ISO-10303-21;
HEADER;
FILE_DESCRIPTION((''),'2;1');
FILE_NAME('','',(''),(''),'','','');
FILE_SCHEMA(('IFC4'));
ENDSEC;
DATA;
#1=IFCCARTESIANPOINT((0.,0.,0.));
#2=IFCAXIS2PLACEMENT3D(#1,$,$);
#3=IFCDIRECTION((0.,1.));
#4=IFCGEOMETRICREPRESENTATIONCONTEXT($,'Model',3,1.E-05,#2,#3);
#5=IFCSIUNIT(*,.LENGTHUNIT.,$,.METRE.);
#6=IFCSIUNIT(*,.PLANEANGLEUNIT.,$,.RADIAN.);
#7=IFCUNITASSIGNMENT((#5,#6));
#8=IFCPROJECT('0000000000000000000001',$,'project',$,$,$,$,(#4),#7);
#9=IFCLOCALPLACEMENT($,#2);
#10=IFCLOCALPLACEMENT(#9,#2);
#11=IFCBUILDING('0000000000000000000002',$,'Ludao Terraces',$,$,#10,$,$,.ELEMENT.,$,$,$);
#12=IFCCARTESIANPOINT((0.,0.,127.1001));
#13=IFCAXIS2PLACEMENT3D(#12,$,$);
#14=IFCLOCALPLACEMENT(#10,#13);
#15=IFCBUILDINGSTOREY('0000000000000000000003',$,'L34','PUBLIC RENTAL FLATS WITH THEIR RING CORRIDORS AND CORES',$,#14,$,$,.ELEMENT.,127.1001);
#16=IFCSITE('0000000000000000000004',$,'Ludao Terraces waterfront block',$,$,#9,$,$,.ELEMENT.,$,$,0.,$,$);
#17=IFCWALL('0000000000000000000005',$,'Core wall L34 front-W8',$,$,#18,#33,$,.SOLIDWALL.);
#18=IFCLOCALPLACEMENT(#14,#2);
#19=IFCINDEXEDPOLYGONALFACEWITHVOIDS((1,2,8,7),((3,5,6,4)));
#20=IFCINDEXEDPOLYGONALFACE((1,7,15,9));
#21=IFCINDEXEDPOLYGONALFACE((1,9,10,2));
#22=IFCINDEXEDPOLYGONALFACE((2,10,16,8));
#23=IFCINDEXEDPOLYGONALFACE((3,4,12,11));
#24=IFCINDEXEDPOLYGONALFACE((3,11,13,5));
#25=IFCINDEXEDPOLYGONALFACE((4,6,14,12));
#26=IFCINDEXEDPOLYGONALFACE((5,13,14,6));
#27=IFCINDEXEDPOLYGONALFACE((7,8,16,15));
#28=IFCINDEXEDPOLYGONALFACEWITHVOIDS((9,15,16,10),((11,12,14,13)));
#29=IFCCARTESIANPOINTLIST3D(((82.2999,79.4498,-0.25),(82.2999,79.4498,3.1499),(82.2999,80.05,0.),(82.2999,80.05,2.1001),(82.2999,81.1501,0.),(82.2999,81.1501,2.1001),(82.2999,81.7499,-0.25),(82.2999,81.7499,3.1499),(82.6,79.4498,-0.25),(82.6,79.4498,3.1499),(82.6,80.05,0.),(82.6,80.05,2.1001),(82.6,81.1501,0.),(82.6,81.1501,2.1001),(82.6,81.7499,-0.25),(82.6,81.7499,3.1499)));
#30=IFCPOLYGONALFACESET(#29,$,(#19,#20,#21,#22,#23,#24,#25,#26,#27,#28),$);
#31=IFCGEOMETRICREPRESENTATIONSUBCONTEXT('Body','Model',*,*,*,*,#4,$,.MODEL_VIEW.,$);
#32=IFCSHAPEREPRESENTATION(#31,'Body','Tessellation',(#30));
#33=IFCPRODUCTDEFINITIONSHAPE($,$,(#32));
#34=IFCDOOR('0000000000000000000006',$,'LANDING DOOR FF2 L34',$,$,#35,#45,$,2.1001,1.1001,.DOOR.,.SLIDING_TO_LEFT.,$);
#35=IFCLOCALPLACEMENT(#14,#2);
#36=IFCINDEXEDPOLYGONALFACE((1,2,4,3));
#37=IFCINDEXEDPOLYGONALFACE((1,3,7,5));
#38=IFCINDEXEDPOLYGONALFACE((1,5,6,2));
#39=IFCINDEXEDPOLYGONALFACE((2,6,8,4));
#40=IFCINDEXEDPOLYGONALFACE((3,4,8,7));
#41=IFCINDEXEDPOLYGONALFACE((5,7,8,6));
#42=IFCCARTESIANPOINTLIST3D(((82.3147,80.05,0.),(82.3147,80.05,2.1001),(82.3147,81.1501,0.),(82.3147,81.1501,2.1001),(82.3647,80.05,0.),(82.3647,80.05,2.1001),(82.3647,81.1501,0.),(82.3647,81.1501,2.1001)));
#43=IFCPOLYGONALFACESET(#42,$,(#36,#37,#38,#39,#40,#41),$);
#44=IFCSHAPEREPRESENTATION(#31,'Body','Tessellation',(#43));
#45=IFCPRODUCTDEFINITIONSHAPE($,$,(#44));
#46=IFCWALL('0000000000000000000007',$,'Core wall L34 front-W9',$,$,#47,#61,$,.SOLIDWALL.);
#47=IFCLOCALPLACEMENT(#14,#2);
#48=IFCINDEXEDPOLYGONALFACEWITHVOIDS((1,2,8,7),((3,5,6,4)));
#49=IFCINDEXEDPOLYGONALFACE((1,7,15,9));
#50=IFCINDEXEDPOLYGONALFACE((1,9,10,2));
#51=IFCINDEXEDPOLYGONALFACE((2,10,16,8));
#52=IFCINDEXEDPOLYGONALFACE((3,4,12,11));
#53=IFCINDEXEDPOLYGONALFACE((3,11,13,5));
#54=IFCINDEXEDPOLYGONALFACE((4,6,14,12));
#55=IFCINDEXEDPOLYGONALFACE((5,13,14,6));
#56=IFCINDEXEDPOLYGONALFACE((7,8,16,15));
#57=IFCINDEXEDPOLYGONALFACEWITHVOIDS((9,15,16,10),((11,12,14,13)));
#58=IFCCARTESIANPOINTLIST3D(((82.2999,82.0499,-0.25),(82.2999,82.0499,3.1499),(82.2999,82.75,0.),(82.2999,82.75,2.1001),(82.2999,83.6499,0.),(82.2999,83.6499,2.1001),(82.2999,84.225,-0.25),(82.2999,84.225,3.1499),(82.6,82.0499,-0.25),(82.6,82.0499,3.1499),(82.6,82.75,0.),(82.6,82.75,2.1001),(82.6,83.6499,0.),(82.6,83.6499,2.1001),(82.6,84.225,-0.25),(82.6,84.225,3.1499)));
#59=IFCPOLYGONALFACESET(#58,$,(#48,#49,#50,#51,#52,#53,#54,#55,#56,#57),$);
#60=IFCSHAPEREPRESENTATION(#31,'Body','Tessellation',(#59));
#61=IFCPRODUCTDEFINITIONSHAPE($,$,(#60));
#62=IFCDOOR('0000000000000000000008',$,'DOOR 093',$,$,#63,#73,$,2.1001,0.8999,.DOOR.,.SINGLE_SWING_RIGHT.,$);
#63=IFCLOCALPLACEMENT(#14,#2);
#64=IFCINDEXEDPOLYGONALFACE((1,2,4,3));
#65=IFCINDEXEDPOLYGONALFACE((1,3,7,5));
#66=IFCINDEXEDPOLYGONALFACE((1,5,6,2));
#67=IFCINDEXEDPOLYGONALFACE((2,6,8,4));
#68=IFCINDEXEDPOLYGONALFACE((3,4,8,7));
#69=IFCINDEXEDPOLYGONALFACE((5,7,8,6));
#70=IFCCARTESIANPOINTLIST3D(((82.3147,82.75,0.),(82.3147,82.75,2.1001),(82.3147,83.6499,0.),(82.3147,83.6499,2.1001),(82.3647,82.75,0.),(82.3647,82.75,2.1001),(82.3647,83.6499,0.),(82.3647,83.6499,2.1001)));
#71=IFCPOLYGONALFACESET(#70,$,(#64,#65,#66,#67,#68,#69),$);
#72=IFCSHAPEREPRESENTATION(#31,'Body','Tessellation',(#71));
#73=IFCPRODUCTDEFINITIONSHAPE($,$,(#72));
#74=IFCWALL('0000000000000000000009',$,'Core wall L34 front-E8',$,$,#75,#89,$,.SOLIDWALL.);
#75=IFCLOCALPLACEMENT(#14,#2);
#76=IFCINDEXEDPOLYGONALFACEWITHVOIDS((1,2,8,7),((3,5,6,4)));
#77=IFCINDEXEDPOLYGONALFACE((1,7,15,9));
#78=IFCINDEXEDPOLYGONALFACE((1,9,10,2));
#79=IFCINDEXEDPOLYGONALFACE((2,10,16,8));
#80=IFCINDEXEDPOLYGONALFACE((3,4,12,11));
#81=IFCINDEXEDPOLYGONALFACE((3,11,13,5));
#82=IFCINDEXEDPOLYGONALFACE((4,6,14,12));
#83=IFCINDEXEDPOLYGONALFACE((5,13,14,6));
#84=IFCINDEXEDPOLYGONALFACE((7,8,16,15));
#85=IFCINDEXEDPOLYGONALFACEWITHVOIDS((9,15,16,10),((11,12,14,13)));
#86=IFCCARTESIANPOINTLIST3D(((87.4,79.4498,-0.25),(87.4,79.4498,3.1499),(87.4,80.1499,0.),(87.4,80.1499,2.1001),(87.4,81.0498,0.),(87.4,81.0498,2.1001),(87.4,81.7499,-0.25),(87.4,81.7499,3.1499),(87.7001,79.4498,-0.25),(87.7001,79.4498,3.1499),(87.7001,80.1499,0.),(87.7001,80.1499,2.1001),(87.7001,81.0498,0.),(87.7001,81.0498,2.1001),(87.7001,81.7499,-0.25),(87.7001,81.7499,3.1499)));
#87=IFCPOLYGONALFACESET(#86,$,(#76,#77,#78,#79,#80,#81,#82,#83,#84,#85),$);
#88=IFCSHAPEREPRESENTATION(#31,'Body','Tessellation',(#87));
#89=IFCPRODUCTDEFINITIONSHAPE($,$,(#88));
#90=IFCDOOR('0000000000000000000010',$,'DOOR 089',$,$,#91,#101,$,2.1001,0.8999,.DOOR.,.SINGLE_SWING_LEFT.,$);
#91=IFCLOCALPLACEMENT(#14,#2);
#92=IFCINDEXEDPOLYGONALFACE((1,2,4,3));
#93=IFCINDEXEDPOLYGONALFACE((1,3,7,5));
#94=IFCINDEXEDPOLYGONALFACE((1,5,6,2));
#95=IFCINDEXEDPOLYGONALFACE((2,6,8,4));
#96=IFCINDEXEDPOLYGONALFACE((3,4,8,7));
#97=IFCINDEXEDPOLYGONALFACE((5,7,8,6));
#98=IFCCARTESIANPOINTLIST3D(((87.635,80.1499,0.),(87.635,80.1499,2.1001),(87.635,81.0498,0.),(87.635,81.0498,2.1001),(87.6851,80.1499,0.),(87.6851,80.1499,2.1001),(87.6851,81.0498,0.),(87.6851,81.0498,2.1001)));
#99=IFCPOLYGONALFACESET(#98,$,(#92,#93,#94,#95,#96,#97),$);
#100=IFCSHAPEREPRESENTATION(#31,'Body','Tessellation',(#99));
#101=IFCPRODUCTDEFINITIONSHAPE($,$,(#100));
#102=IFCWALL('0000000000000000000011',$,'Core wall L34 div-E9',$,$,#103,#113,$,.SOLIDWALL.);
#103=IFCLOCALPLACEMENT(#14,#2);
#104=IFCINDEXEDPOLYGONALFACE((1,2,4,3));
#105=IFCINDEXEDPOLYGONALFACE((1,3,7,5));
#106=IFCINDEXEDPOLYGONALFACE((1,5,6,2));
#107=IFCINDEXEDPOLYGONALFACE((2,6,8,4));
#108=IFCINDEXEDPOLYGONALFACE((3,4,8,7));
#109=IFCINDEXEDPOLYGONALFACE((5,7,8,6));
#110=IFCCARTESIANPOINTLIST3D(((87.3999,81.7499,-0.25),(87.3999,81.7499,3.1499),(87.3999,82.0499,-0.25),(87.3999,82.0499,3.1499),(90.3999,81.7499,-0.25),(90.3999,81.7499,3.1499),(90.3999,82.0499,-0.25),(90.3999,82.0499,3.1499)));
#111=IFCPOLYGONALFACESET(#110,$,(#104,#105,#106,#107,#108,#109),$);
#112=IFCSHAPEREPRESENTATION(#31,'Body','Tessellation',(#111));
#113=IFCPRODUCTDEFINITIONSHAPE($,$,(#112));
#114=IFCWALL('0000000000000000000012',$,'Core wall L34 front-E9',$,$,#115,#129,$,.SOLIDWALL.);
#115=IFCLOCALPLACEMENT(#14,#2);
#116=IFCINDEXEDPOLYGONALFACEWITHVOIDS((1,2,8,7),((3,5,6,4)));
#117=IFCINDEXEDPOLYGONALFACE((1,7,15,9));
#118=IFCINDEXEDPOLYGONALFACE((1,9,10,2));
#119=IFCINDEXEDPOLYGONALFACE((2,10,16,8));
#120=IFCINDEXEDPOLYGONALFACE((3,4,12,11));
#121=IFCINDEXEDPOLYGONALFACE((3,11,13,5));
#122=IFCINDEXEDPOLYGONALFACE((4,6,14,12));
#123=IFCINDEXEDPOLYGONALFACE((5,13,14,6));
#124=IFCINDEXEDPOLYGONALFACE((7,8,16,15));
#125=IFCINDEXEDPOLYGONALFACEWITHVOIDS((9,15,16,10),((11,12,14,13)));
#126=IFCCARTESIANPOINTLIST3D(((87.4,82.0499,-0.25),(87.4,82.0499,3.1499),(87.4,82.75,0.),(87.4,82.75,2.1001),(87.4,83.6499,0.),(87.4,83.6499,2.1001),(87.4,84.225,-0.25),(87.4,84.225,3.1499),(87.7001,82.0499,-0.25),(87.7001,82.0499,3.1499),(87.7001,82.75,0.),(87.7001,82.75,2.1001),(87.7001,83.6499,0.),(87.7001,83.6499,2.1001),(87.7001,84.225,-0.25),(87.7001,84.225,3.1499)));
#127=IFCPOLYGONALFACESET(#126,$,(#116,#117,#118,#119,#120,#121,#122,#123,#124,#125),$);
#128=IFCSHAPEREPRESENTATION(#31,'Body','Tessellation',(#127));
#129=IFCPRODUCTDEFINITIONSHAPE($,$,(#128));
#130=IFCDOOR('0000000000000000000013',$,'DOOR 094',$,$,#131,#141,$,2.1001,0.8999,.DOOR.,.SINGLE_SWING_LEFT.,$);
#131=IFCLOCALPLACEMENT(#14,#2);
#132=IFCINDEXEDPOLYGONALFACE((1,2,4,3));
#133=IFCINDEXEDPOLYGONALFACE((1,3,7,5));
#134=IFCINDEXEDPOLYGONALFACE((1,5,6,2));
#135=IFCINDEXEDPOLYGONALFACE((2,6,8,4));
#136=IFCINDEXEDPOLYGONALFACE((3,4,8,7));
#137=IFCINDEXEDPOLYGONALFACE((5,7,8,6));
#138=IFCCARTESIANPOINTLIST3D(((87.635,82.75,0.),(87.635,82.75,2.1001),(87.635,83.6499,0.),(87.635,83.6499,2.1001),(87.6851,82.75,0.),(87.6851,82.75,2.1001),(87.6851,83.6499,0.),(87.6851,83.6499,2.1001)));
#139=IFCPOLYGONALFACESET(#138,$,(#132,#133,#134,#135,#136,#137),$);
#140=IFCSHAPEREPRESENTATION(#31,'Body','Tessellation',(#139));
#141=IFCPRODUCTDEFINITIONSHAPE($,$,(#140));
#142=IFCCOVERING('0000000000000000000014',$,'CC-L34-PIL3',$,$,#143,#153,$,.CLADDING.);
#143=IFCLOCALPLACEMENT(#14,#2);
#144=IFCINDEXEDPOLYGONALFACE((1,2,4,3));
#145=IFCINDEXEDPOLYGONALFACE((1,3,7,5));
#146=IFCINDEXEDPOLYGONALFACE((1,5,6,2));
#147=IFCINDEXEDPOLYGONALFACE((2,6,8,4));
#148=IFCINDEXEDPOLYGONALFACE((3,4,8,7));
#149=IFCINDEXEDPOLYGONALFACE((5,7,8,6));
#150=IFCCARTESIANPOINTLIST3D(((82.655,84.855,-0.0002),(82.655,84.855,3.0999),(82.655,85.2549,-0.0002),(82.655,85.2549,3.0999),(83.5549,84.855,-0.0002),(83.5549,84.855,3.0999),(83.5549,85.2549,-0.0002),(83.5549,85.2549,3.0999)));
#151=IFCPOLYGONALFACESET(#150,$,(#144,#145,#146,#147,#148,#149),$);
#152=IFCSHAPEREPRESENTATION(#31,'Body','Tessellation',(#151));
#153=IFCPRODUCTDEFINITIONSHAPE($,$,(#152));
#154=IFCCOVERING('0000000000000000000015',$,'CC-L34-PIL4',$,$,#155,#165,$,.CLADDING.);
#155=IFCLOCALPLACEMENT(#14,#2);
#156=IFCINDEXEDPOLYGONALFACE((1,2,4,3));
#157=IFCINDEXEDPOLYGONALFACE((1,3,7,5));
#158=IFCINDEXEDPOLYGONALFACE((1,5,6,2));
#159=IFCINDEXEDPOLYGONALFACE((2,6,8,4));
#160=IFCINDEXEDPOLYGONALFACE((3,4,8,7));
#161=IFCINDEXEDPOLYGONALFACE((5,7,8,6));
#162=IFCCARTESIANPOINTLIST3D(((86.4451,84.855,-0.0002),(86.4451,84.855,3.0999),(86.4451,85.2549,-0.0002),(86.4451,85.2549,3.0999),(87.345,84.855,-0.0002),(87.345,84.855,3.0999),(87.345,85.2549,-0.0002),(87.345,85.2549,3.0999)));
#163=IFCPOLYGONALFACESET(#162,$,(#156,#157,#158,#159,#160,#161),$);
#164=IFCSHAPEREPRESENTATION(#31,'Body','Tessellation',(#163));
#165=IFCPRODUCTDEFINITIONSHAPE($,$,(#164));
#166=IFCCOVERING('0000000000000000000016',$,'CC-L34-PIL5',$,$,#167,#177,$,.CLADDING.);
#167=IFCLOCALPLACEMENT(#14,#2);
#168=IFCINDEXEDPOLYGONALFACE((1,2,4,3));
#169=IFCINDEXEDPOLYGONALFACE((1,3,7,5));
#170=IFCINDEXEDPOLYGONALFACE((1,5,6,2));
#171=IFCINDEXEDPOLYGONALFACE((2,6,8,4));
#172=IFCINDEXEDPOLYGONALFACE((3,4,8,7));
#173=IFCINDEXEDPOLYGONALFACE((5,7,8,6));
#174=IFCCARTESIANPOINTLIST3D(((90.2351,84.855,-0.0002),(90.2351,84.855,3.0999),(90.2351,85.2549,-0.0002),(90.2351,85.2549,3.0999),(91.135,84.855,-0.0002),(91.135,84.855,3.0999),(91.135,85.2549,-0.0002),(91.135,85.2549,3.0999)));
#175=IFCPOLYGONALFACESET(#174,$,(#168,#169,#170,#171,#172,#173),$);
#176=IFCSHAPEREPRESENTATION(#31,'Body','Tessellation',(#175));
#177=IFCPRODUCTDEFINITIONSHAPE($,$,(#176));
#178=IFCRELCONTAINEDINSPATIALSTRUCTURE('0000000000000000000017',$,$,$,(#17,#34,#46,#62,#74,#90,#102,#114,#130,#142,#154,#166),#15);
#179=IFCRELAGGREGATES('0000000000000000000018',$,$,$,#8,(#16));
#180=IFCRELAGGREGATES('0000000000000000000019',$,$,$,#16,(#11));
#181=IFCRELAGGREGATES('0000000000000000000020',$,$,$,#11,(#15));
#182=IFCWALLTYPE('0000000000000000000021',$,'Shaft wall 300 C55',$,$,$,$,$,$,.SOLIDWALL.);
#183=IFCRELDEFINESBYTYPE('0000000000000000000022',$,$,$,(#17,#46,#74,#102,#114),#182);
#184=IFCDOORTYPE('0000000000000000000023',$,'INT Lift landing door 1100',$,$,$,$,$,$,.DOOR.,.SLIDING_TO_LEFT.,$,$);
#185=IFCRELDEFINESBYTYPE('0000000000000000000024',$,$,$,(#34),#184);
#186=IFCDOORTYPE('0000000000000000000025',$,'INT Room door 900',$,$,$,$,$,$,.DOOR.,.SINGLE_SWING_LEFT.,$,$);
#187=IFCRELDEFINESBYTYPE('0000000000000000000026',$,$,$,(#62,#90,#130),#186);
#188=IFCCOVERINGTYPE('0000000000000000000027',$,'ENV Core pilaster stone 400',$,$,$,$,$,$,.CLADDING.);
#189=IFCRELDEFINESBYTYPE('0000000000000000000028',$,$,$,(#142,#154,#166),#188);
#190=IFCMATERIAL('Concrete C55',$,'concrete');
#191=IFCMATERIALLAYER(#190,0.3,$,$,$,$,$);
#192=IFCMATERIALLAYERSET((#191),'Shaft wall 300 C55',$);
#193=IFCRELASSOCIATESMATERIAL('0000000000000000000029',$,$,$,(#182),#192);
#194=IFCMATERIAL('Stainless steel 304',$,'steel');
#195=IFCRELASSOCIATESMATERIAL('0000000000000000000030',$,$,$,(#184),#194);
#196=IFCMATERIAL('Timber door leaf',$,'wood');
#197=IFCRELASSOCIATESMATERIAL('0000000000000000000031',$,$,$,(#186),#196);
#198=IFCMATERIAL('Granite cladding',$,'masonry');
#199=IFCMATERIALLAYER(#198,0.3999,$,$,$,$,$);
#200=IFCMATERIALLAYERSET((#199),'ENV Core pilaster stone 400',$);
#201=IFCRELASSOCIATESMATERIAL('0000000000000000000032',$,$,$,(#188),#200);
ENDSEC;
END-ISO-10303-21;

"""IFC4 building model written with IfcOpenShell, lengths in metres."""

from ifc_helpers import new_model, si_unit, direction, frame, frame_2d, origin, origin_2d, place, context, subcontext, project, spatial, rectangle, extrude, material, layer, layer_set, type_object, element, fill, save


model = new_model("IFC4")

# Units and contexts
model_context = context("Model", 3, precision=1e-05, world=origin(), true_north=direction((0.0, 1.0)))
body_context = subcontext(model_context, "Body", "Model", "MODEL_VIEW")
ifc_project = project(units=[si_unit("LENGTHUNIT", "METRE"), si_unit("PLANEANGLEUNIT", "RADIAN")], contexts=[model_context])

# Site, building, storey
site_placement = place(None, origin())
site = spatial("IfcSite", under=ifc_project, at=site_placement, Name="Ludao Terraces waterfront block", CompositionType="ELEMENT", RefElevation=0.0)
building_placement = place(site_placement, origin())
building = spatial("IfcBuilding", under=site, at=building_placement, Name="Ludao Terraces", CompositionType="ELEMENT")
storey_placement = place(building_placement, frame((0.0, 0.0, 127.1001)))
storey = spatial("IfcBuildingStorey", under=building, at=storey_placement, Name="L34", Description="PUBLIC RENTAL FLATS WITH THEIR RING CORRIDORS AND CORES", CompositionType="ELEMENT", Elevation=127.1001)

# Walls, openings, doors
ifc_material_1 = material(Name="Concrete C55", Category="concrete")
ifc_layer_1 = layer(ifc_material_1, 0.3)
ifc_layer_set_1 = layer_set([ifc_layer_1], Name="Shaft wall 300 C55")
wall_type = type_object("IfcWallType", Name="Shaft wall 300 C55", PredefinedType="SOLIDWALL", material=ifc_layer_set_1)
wall_1_placement = place(storey_placement, frame((82.45, 79.45, -0.25), z_axis=(0.0, 0.0, 1.0), x_axis=(0.0, 1.0, 0.0)))
wall_1 = element("IfcWall", 1, at=wall_1_placement, inside=storey, type_object=wall_type, Name="Core wall L34 front-W8", PredefinedType="SOLIDWALL", context=body_context, shape_type="SweptSolid", body=[
    extrude(rectangle(XDim=2.3, YDim=0.3, at=frame_2d((1.1499, 0.0))), origin(), (0.0, 0.0, 1.0), 3.3999),
])
opening_1_placement = place(wall_1_placement, frame((0.6001, 0.0, 0.25)))
opening_1 = element("IfcOpeningElement", 2, at=opening_1_placement, cuts=wall_1, PredefinedType="OPENING", context=body_context, shape_type="SweptSolid", body=[
    extrude(rectangle(XDim=1.1001, YDim=2.1001, at=frame_2d((0.55, 1.05))), frame((0.0, 0.1602, 0.0), z_axis=(0.0, -1.0, 0.0), x_axis=(1.0, 0.0, 0.0)), (0.0, 0.0, 1.0), 0.3201),
])
ifc_material_2 = material(Name="Stainless steel 304", Category="steel")
door_type_1 = type_object("IfcDoorType", Name="INT Lift landing door 1100", OperationType="SLIDING_TO_LEFT", PredefinedType="DOOR", material=ifc_material_2)
door_1_placement = place(opening_1_placement, origin())
door_1 = element("IfcDoor", 3, at=door_1_placement, inside=storey, type_object=door_type_1, Name="LANDING DOOR FF2 L34", OperationType="SLIDING_TO_LEFT", OverallHeight=2.1001, OverallWidth=1.1001, PredefinedType="DOOR", context=body_context, shape_type="SweptSolid", body=[
    extrude(rectangle(XDim=1.1001, YDim=2.1001, at=frame_2d((0.55, 1.05))), frame((0.0, 0.1353, 0.0), z_axis=(0.0, -1.0, 0.0), x_axis=(1.0, 0.0, 0.0)), (0.0, 0.0, 1.0), 0.05),
])
fill(opening_1, door_1)
wall_2_placement = place(storey_placement, frame((82.45, 82.05, -0.25), z_axis=(0.0, 0.0, 1.0), x_axis=(0.0, 1.0, 0.0)))
wall_2 = element("IfcWall", 4, at=wall_2_placement, inside=storey, type_object=wall_type, Name="Core wall L34 front-W9", PredefinedType="SOLIDWALL", context=body_context, shape_type="SweptSolid", body=[
    extrude(rectangle(XDim=2.175, YDim=0.3, at=frame_2d((1.0874, 0.0))), origin(), (0.0, 0.0, 1.0), 3.3999),
])
opening_2_placement = place(wall_2_placement, frame((0.7, 0.0, 0.25)))
opening_2 = element("IfcOpeningElement", 5, at=opening_2_placement, cuts=wall_2, PredefinedType="OPENING", context=body_context, shape_type="SweptSolid", body=[
    extrude(rectangle(XDim=0.8999, YDim=2.1001, at=frame_2d((0.45, 1.05))), frame((0.0, 0.1602, 0.0), z_axis=(0.0, -1.0, 0.0), x_axis=(1.0, 0.0, 0.0)), (0.0, 0.0, 1.0), 0.3201),
])
ifc_material_3 = material(Name="Timber door leaf", Category="wood")
door_type_2 = type_object("IfcDoorType", Name="INT Room door 900", OperationType="SINGLE_SWING_LEFT", PredefinedType="DOOR", material=ifc_material_3)
door_2_placement = place(opening_2_placement, origin())
door_2 = element("IfcDoor", 6, at=door_2_placement, inside=storey, type_object=door_type_2, Name="DOOR 093", OperationType="SINGLE_SWING_RIGHT", OverallHeight=2.1001, OverallWidth=0.8999, PredefinedType="DOOR", context=body_context, shape_type="SweptSolid", body=[
    extrude(rectangle(XDim=0.8999, YDim=2.1001, at=frame_2d((0.45, 1.05))), frame((0.0, 0.1353, 0.0), z_axis=(0.0, -1.0, 0.0), x_axis=(1.0, 0.0, 0.0)), (0.0, 0.0, 1.0), 0.05),
])
fill(opening_2, door_2)
wall_3_placement = place(storey_placement, frame((87.55, 79.45, -0.25), z_axis=(0.0, 0.0, 1.0), x_axis=(0.0, 1.0, 0.0)))
wall_3 = element("IfcWall", 7, at=wall_3_placement, inside=storey, type_object=wall_type, Name="Core wall L34 front-E8", PredefinedType="SOLIDWALL", context=body_context, shape_type="SweptSolid", body=[
    extrude(rectangle(XDim=2.3, YDim=0.3, at=frame_2d((1.1499, 0.0))), origin(), (0.0, 0.0, 1.0), 3.3999),
])
opening_3_placement = place(wall_3_placement, frame((0.7, 0.0, 0.25)))
opening_3 = element("IfcOpeningElement", 8, at=opening_3_placement, cuts=wall_3, PredefinedType="OPENING", context=body_context, shape_type="SweptSolid", body=[
    extrude(rectangle(XDim=0.8999, YDim=2.1001, at=frame_2d((0.45, 1.05))), frame((0.0, 0.1602, 0.0), z_axis=(0.0, -1.0, 0.0), x_axis=(1.0, 0.0, 0.0)), (0.0, 0.0, 1.0), 0.3201),
])
door_3_placement = place(opening_3_placement, origin())
door_3 = element("IfcDoor", 9, at=door_3_placement, inside=storey, type_object=door_type_2, Name="DOOR 089", OperationType="SINGLE_SWING_LEFT", OverallHeight=2.1001, OverallWidth=0.8999, PredefinedType="DOOR", context=body_context, shape_type="SweptSolid", body=[
    extrude(rectangle(XDim=0.8999, YDim=2.1001, at=frame_2d((0.45, 1.05))), frame((0.0, -0.085, 0.0), z_axis=(0.0, -1.0, 0.0), x_axis=(1.0, 0.0, 0.0)), (0.0, 0.0, 1.0), 0.05),
])
fill(opening_3, door_3)

# Wall
wall_4_placement = place(storey_placement, frame((87.3999, 81.8999, -0.25), z_axis=(0.0, 0.0, 1.0), x_axis=(1.0, 0.0, 0.0)))
element("IfcWall", 10, at=wall_4_placement, inside=storey, type_object=wall_type, Name="Core wall L34 div-E9", PredefinedType="SOLIDWALL", context=body_context, shape_type="SweptSolid", body=[
    extrude(rectangle(XDim=3.0, YDim=0.3, at=frame_2d((1.5, 0.0))), origin(), (0.0, 0.0, 1.0), 3.3999),
])

# Wall, opening, door
wall_5_placement = place(storey_placement, frame((87.55, 82.05, -0.25), z_axis=(0.0, 0.0, 1.0), x_axis=(0.0, 1.0, 0.0)))
wall_5 = element("IfcWall", 11, at=wall_5_placement, inside=storey, type_object=wall_type, Name="Core wall L34 front-E9", PredefinedType="SOLIDWALL", context=body_context, shape_type="SweptSolid", body=[
    extrude(rectangle(XDim=2.175, YDim=0.3, at=frame_2d((1.0874, 0.0))), origin(), (0.0, 0.0, 1.0), 3.3999),
])
opening_4_placement = place(wall_5_placement, frame((0.7, 0.0, 0.25)))
opening_4 = element("IfcOpeningElement", 12, at=opening_4_placement, cuts=wall_5, PredefinedType="OPENING", context=body_context, shape_type="SweptSolid", body=[
    extrude(rectangle(XDim=0.8999, YDim=2.1001, at=frame_2d((0.45, 1.05))), frame((0.0, 0.1602, 0.0), z_axis=(0.0, -1.0, 0.0), x_axis=(1.0, 0.0, 0.0)), (0.0, 0.0, 1.0), 0.3201),
])
door_4_placement = place(opening_4_placement, origin())
door_4 = element("IfcDoor", 13, at=door_4_placement, inside=storey, type_object=door_type_2, Name="DOOR 094", OperationType="SINGLE_SWING_LEFT", OverallHeight=2.1001, OverallWidth=0.8999, PredefinedType="DOOR", context=body_context, shape_type="SweptSolid", body=[
    extrude(rectangle(XDim=0.8999, YDim=2.1001, at=frame_2d((0.45, 1.05))), frame((0.0, -0.085, 0.0), z_axis=(0.0, -1.0, 0.0), x_axis=(1.0, 0.0, 0.0)), (0.0, 0.0, 1.0), 0.05),
])
fill(opening_4, door_4)

# Coverings
ifc_material_4 = material(Name="Granite cladding", Category="masonry")
ifc_layer_2 = layer(ifc_material_4, 0.3999)
ifc_layer_set_2 = layer_set([ifc_layer_2], Name="ENV Core pilaster stone 400")
covering_type_1 = type_object("IfcCoveringType", Name="ENV Core pilaster stone 400", PredefinedType="CLADDING", material=ifc_layer_set_2)
for number, where, z_axis, x_axis, name in (
    (14, (83.105, 85.0549, -0.0002), (0.0, 0.0, 1.0), (1.0, 0.0, 0.0), "CC-L34-PIL3"),
    (15, (86.895, 85.0549, -0.0002), (0.0, 0.0, 1.0), (1.0, 0.0, 0.0), "CC-L34-PIL4"),
    (16, (90.6851, 85.0549, -0.0002), (0.0, 0.0, 1.0), (1.0, 0.0, 0.0), "CC-L34-PIL5"),
):
    element("IfcCovering", number, at=place(storey_placement, frame(where, z_axis=z_axis, x_axis=x_axis)), inside=storey, type_object=covering_type_1, Name=name, PredefinedType="CLADDING", context=body_context, shape_type="SweptSolid", body=[
        extrude(rectangle(XDim=0.8999, YDim=0.3999, at=origin_2d()), origin(), (0.0, 0.0, 1.0), 3.1001),
    ])

save(model, "model.ifc")
